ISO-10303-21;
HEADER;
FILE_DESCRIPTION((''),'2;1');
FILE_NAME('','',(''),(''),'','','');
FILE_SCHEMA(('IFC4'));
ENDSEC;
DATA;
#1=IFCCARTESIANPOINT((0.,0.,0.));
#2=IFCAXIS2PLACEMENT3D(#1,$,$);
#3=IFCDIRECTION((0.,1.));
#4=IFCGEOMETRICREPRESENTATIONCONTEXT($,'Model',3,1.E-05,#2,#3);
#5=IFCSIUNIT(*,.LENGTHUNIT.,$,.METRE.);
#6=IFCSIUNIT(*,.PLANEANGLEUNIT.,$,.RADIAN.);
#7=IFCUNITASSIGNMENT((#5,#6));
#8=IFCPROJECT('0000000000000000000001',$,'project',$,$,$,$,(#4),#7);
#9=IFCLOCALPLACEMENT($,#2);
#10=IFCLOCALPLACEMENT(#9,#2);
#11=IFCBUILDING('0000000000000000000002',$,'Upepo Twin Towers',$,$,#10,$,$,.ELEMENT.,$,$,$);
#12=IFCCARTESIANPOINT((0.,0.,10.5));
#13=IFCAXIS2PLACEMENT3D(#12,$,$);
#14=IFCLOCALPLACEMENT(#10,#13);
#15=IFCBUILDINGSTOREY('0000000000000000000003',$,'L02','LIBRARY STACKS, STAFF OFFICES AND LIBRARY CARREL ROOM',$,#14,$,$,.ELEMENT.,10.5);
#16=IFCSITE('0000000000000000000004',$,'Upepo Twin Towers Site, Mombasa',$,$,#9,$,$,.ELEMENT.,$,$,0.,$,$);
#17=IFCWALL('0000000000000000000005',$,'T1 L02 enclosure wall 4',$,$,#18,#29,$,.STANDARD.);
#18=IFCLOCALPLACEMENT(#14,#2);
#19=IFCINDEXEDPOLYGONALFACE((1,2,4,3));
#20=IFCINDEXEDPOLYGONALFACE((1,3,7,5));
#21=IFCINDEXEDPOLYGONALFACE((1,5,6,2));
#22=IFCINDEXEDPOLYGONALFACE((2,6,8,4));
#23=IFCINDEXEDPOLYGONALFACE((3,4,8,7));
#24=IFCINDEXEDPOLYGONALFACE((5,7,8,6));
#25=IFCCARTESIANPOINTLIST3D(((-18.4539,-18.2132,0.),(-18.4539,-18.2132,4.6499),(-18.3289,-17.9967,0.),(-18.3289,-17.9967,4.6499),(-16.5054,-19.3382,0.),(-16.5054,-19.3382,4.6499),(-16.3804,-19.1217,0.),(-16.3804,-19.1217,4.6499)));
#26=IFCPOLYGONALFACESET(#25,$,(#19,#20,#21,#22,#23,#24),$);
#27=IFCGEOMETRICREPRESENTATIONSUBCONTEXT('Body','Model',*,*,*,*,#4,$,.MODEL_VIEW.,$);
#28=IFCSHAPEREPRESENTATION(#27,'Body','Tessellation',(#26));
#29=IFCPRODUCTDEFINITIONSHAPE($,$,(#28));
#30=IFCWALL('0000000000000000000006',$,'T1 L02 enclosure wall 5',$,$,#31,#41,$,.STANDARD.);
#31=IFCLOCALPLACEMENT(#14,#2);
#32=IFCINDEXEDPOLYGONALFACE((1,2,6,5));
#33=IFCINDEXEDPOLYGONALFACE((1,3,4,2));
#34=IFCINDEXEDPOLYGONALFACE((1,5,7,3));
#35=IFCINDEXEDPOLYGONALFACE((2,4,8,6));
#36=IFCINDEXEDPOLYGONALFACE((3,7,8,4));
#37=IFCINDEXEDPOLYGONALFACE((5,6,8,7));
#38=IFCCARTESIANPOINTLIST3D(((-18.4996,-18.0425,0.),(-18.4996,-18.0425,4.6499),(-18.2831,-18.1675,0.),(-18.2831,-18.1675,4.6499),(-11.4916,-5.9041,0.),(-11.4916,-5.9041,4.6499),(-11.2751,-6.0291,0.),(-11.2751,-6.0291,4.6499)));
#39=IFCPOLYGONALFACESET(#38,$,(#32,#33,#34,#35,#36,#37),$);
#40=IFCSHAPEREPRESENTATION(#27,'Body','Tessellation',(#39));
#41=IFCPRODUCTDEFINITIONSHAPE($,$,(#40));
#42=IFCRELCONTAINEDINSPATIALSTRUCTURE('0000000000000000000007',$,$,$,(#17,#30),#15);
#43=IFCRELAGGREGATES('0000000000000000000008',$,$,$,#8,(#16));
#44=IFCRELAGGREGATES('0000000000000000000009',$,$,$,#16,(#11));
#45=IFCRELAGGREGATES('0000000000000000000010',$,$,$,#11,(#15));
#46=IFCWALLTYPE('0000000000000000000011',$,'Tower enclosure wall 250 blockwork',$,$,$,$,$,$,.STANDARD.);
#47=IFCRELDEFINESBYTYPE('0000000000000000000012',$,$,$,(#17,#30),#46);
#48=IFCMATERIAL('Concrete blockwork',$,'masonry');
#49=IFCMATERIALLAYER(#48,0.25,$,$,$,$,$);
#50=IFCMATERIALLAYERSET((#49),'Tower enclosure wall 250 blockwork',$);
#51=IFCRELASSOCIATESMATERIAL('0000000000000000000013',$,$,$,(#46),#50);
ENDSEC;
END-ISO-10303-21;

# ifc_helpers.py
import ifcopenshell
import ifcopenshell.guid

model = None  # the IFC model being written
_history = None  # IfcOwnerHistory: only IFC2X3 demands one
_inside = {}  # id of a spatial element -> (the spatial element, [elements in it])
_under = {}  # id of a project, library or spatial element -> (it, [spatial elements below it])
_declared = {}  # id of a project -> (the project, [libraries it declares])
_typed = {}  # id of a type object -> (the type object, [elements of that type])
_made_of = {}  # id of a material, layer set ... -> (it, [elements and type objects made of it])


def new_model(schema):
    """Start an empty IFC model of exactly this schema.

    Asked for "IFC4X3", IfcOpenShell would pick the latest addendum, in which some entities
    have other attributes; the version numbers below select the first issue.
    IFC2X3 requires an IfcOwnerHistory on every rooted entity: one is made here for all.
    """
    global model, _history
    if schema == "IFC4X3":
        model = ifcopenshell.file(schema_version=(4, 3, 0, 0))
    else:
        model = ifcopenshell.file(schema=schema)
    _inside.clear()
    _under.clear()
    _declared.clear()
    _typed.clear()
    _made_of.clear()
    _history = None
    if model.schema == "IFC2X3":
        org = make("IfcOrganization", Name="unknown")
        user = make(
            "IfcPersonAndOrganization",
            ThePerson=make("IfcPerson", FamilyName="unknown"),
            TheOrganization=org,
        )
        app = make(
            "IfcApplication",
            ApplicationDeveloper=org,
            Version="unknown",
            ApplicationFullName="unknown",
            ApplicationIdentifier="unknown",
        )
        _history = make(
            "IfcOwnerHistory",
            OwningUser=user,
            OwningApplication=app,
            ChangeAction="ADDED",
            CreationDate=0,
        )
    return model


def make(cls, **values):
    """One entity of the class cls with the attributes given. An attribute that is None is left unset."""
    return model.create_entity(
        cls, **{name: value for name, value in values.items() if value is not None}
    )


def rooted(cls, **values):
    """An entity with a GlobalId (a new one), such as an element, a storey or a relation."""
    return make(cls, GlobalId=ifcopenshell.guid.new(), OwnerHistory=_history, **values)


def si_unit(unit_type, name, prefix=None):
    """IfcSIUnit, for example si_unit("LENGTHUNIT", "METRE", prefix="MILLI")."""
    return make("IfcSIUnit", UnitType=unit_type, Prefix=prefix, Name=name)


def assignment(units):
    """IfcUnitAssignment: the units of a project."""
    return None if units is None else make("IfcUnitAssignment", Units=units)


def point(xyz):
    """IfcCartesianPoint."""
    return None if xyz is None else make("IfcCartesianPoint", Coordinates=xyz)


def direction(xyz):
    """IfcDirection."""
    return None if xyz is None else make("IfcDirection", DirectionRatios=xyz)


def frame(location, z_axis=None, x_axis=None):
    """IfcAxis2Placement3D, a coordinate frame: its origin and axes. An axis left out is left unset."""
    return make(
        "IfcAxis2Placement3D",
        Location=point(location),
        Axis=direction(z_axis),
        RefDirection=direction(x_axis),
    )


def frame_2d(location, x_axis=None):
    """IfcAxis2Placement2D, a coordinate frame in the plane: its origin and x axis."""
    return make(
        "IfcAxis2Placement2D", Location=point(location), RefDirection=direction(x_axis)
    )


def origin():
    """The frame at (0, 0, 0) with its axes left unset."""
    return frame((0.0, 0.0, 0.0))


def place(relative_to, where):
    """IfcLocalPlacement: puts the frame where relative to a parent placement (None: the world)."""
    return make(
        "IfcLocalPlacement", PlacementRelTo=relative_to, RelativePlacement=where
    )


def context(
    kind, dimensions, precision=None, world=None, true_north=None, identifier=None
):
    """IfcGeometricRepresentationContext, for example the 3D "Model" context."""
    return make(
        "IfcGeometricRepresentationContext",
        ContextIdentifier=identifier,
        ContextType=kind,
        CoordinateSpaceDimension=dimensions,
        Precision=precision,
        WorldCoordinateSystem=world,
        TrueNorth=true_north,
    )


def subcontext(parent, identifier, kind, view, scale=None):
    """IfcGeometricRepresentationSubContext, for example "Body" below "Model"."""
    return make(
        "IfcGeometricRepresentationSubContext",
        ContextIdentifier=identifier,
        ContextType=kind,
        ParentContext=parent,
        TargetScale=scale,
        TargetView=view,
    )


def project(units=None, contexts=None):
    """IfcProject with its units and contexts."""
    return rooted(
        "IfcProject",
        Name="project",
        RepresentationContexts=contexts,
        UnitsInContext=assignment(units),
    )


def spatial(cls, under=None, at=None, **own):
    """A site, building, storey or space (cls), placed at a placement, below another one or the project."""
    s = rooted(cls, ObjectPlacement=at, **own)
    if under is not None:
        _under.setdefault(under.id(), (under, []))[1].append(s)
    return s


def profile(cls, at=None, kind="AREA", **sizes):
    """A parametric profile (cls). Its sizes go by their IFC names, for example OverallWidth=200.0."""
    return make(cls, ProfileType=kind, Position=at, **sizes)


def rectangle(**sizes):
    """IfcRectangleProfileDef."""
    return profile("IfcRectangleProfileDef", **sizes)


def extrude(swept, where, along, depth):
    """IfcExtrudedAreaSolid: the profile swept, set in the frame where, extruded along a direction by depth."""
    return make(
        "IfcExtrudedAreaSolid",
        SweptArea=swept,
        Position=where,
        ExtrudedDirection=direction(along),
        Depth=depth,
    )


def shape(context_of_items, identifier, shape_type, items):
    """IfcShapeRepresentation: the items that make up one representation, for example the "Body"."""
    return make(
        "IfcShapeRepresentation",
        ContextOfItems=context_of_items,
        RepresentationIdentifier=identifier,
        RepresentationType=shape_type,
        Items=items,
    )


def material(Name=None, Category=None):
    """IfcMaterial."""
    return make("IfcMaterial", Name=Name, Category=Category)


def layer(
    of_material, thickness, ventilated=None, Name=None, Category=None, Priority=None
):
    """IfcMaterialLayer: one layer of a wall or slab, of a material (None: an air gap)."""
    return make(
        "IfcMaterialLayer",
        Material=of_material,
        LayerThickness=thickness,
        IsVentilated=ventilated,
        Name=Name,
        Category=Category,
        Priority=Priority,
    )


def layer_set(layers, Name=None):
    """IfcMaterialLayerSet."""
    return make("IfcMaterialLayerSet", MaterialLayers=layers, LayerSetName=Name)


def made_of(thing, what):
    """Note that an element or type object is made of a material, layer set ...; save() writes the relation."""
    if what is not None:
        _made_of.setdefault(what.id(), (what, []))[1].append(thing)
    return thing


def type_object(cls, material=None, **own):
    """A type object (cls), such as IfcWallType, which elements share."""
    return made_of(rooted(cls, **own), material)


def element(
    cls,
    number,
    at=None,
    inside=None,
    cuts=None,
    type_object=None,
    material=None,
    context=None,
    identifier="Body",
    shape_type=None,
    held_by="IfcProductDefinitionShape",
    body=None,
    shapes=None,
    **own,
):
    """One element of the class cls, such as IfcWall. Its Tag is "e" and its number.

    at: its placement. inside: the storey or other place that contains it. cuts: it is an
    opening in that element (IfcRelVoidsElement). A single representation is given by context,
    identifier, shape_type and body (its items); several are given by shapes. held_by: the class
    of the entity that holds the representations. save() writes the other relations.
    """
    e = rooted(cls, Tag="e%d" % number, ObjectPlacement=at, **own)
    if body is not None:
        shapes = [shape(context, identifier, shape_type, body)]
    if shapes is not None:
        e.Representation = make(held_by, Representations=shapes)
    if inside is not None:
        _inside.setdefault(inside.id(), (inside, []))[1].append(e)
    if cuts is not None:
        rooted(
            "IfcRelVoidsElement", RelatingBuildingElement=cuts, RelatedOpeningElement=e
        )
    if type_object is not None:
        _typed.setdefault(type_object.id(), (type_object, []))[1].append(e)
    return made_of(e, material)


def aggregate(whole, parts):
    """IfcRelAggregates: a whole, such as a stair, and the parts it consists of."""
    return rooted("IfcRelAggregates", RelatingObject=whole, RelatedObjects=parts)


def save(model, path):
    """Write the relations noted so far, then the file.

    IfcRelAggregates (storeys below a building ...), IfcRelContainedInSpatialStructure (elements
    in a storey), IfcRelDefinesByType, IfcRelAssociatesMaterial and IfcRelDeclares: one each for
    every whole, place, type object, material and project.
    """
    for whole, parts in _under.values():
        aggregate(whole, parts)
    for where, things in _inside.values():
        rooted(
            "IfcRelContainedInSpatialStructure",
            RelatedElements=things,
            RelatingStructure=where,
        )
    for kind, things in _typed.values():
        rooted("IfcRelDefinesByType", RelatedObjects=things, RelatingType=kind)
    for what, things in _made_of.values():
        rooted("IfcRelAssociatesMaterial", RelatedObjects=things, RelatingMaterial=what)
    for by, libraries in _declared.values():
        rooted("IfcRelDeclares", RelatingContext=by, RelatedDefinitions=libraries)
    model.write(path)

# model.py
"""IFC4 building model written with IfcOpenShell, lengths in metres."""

from ifc_helpers import new_model, si_unit, direction, frame, frame_2d, origin, place, context, subcontext, project, spatial, rectangle, extrude, material, layer, layer_set, type_object, element, save


model = new_model("IFC4")

# Units and contexts
model_context = context("Model", 3, precision=1e-05, world=origin(), true_north=direction((0.0, 1.0)))
body_context = subcontext(model_context, "Body", "Model", "MODEL_VIEW")
ifc_project = project(units=[si_unit("LENGTHUNIT", "METRE"), si_unit("PLANEANGLEUNIT", "RADIAN")], contexts=[model_context])

# Site, building, storey
site_placement = place(None, origin())
site = spatial("IfcSite", under=ifc_project, at=site_placement, Name="Upepo Twin Towers Site, Mombasa", CompositionType="ELEMENT", RefElevation=0.0)
building_placement = place(site_placement, origin())
building = spatial("IfcBuilding", under=site, at=building_placement, Name="Upepo Twin Towers", CompositionType="ELEMENT")
storey_placement = place(building_placement, frame((0.0, 0.0, 10.5)))
storey = spatial("IfcBuildingStorey", under=building, at=storey_placement, Name="L02", Description="LIBRARY STACKS, STAFF OFFICES AND LIBRARY CARREL ROOM", CompositionType="ELEMENT", Elevation=10.5)

# Walls
ifc_material_1 = material(Name="Concrete blockwork", Category="masonry")
ifc_layer_1 = layer(ifc_material_1, 0.25)
ifc_layer_set_1 = layer_set([ifc_layer_1], Name="Tower enclosure wall 250 blockwork")
wall_type_1 = type_object("IfcWallType", Name="Tower enclosure wall 250 blockwork", PredefinedType="STANDARD", material=ifc_layer_set_1)
for number, where, z_axis, x_axis, name in (
    (1, (-16.4429, -19.23, 0.0), (0.0, 0.0, 1.0), (-0.866018, 0.500014, 0.0), "T1 L02 enclosure wall 4"),
):
    element("IfcWall", number, at=place(storey_placement, frame(where, z_axis=z_axis, x_axis=x_axis)), inside=storey, type_object=wall_type_1, Name=name, PredefinedType="STANDARD", context=body_context, shape_type="SweptSolid", body=[
        extrude(rectangle(XDim=2.25, YDim=0.25, at=frame_2d((1.125, 0.0))), origin(), (0.0, 0.0, 1.0), 4.6499),
    ])
wall_1_placement = place(storey_placement, frame((-18.3914, -18.105, 0.0), z_axis=(0.0, 0.0, 1.0), x_axis=(0.499996, 0.866028, 0.0)))
element("IfcWall", 2, at=wall_1_placement, inside=storey, type_object=wall_type_1, Name="T1 L02 enclosure wall 5", PredefinedType="STANDARD", context=body_context, shape_type="SweptSolid", body=[
    extrude(rectangle(XDim=14.0161, YDim=0.25, at=frame_2d((7.0081, 0.0))), origin(), (0.0, 0.0, 1.0), 4.6499),
])

save(model, "model.ifc")
